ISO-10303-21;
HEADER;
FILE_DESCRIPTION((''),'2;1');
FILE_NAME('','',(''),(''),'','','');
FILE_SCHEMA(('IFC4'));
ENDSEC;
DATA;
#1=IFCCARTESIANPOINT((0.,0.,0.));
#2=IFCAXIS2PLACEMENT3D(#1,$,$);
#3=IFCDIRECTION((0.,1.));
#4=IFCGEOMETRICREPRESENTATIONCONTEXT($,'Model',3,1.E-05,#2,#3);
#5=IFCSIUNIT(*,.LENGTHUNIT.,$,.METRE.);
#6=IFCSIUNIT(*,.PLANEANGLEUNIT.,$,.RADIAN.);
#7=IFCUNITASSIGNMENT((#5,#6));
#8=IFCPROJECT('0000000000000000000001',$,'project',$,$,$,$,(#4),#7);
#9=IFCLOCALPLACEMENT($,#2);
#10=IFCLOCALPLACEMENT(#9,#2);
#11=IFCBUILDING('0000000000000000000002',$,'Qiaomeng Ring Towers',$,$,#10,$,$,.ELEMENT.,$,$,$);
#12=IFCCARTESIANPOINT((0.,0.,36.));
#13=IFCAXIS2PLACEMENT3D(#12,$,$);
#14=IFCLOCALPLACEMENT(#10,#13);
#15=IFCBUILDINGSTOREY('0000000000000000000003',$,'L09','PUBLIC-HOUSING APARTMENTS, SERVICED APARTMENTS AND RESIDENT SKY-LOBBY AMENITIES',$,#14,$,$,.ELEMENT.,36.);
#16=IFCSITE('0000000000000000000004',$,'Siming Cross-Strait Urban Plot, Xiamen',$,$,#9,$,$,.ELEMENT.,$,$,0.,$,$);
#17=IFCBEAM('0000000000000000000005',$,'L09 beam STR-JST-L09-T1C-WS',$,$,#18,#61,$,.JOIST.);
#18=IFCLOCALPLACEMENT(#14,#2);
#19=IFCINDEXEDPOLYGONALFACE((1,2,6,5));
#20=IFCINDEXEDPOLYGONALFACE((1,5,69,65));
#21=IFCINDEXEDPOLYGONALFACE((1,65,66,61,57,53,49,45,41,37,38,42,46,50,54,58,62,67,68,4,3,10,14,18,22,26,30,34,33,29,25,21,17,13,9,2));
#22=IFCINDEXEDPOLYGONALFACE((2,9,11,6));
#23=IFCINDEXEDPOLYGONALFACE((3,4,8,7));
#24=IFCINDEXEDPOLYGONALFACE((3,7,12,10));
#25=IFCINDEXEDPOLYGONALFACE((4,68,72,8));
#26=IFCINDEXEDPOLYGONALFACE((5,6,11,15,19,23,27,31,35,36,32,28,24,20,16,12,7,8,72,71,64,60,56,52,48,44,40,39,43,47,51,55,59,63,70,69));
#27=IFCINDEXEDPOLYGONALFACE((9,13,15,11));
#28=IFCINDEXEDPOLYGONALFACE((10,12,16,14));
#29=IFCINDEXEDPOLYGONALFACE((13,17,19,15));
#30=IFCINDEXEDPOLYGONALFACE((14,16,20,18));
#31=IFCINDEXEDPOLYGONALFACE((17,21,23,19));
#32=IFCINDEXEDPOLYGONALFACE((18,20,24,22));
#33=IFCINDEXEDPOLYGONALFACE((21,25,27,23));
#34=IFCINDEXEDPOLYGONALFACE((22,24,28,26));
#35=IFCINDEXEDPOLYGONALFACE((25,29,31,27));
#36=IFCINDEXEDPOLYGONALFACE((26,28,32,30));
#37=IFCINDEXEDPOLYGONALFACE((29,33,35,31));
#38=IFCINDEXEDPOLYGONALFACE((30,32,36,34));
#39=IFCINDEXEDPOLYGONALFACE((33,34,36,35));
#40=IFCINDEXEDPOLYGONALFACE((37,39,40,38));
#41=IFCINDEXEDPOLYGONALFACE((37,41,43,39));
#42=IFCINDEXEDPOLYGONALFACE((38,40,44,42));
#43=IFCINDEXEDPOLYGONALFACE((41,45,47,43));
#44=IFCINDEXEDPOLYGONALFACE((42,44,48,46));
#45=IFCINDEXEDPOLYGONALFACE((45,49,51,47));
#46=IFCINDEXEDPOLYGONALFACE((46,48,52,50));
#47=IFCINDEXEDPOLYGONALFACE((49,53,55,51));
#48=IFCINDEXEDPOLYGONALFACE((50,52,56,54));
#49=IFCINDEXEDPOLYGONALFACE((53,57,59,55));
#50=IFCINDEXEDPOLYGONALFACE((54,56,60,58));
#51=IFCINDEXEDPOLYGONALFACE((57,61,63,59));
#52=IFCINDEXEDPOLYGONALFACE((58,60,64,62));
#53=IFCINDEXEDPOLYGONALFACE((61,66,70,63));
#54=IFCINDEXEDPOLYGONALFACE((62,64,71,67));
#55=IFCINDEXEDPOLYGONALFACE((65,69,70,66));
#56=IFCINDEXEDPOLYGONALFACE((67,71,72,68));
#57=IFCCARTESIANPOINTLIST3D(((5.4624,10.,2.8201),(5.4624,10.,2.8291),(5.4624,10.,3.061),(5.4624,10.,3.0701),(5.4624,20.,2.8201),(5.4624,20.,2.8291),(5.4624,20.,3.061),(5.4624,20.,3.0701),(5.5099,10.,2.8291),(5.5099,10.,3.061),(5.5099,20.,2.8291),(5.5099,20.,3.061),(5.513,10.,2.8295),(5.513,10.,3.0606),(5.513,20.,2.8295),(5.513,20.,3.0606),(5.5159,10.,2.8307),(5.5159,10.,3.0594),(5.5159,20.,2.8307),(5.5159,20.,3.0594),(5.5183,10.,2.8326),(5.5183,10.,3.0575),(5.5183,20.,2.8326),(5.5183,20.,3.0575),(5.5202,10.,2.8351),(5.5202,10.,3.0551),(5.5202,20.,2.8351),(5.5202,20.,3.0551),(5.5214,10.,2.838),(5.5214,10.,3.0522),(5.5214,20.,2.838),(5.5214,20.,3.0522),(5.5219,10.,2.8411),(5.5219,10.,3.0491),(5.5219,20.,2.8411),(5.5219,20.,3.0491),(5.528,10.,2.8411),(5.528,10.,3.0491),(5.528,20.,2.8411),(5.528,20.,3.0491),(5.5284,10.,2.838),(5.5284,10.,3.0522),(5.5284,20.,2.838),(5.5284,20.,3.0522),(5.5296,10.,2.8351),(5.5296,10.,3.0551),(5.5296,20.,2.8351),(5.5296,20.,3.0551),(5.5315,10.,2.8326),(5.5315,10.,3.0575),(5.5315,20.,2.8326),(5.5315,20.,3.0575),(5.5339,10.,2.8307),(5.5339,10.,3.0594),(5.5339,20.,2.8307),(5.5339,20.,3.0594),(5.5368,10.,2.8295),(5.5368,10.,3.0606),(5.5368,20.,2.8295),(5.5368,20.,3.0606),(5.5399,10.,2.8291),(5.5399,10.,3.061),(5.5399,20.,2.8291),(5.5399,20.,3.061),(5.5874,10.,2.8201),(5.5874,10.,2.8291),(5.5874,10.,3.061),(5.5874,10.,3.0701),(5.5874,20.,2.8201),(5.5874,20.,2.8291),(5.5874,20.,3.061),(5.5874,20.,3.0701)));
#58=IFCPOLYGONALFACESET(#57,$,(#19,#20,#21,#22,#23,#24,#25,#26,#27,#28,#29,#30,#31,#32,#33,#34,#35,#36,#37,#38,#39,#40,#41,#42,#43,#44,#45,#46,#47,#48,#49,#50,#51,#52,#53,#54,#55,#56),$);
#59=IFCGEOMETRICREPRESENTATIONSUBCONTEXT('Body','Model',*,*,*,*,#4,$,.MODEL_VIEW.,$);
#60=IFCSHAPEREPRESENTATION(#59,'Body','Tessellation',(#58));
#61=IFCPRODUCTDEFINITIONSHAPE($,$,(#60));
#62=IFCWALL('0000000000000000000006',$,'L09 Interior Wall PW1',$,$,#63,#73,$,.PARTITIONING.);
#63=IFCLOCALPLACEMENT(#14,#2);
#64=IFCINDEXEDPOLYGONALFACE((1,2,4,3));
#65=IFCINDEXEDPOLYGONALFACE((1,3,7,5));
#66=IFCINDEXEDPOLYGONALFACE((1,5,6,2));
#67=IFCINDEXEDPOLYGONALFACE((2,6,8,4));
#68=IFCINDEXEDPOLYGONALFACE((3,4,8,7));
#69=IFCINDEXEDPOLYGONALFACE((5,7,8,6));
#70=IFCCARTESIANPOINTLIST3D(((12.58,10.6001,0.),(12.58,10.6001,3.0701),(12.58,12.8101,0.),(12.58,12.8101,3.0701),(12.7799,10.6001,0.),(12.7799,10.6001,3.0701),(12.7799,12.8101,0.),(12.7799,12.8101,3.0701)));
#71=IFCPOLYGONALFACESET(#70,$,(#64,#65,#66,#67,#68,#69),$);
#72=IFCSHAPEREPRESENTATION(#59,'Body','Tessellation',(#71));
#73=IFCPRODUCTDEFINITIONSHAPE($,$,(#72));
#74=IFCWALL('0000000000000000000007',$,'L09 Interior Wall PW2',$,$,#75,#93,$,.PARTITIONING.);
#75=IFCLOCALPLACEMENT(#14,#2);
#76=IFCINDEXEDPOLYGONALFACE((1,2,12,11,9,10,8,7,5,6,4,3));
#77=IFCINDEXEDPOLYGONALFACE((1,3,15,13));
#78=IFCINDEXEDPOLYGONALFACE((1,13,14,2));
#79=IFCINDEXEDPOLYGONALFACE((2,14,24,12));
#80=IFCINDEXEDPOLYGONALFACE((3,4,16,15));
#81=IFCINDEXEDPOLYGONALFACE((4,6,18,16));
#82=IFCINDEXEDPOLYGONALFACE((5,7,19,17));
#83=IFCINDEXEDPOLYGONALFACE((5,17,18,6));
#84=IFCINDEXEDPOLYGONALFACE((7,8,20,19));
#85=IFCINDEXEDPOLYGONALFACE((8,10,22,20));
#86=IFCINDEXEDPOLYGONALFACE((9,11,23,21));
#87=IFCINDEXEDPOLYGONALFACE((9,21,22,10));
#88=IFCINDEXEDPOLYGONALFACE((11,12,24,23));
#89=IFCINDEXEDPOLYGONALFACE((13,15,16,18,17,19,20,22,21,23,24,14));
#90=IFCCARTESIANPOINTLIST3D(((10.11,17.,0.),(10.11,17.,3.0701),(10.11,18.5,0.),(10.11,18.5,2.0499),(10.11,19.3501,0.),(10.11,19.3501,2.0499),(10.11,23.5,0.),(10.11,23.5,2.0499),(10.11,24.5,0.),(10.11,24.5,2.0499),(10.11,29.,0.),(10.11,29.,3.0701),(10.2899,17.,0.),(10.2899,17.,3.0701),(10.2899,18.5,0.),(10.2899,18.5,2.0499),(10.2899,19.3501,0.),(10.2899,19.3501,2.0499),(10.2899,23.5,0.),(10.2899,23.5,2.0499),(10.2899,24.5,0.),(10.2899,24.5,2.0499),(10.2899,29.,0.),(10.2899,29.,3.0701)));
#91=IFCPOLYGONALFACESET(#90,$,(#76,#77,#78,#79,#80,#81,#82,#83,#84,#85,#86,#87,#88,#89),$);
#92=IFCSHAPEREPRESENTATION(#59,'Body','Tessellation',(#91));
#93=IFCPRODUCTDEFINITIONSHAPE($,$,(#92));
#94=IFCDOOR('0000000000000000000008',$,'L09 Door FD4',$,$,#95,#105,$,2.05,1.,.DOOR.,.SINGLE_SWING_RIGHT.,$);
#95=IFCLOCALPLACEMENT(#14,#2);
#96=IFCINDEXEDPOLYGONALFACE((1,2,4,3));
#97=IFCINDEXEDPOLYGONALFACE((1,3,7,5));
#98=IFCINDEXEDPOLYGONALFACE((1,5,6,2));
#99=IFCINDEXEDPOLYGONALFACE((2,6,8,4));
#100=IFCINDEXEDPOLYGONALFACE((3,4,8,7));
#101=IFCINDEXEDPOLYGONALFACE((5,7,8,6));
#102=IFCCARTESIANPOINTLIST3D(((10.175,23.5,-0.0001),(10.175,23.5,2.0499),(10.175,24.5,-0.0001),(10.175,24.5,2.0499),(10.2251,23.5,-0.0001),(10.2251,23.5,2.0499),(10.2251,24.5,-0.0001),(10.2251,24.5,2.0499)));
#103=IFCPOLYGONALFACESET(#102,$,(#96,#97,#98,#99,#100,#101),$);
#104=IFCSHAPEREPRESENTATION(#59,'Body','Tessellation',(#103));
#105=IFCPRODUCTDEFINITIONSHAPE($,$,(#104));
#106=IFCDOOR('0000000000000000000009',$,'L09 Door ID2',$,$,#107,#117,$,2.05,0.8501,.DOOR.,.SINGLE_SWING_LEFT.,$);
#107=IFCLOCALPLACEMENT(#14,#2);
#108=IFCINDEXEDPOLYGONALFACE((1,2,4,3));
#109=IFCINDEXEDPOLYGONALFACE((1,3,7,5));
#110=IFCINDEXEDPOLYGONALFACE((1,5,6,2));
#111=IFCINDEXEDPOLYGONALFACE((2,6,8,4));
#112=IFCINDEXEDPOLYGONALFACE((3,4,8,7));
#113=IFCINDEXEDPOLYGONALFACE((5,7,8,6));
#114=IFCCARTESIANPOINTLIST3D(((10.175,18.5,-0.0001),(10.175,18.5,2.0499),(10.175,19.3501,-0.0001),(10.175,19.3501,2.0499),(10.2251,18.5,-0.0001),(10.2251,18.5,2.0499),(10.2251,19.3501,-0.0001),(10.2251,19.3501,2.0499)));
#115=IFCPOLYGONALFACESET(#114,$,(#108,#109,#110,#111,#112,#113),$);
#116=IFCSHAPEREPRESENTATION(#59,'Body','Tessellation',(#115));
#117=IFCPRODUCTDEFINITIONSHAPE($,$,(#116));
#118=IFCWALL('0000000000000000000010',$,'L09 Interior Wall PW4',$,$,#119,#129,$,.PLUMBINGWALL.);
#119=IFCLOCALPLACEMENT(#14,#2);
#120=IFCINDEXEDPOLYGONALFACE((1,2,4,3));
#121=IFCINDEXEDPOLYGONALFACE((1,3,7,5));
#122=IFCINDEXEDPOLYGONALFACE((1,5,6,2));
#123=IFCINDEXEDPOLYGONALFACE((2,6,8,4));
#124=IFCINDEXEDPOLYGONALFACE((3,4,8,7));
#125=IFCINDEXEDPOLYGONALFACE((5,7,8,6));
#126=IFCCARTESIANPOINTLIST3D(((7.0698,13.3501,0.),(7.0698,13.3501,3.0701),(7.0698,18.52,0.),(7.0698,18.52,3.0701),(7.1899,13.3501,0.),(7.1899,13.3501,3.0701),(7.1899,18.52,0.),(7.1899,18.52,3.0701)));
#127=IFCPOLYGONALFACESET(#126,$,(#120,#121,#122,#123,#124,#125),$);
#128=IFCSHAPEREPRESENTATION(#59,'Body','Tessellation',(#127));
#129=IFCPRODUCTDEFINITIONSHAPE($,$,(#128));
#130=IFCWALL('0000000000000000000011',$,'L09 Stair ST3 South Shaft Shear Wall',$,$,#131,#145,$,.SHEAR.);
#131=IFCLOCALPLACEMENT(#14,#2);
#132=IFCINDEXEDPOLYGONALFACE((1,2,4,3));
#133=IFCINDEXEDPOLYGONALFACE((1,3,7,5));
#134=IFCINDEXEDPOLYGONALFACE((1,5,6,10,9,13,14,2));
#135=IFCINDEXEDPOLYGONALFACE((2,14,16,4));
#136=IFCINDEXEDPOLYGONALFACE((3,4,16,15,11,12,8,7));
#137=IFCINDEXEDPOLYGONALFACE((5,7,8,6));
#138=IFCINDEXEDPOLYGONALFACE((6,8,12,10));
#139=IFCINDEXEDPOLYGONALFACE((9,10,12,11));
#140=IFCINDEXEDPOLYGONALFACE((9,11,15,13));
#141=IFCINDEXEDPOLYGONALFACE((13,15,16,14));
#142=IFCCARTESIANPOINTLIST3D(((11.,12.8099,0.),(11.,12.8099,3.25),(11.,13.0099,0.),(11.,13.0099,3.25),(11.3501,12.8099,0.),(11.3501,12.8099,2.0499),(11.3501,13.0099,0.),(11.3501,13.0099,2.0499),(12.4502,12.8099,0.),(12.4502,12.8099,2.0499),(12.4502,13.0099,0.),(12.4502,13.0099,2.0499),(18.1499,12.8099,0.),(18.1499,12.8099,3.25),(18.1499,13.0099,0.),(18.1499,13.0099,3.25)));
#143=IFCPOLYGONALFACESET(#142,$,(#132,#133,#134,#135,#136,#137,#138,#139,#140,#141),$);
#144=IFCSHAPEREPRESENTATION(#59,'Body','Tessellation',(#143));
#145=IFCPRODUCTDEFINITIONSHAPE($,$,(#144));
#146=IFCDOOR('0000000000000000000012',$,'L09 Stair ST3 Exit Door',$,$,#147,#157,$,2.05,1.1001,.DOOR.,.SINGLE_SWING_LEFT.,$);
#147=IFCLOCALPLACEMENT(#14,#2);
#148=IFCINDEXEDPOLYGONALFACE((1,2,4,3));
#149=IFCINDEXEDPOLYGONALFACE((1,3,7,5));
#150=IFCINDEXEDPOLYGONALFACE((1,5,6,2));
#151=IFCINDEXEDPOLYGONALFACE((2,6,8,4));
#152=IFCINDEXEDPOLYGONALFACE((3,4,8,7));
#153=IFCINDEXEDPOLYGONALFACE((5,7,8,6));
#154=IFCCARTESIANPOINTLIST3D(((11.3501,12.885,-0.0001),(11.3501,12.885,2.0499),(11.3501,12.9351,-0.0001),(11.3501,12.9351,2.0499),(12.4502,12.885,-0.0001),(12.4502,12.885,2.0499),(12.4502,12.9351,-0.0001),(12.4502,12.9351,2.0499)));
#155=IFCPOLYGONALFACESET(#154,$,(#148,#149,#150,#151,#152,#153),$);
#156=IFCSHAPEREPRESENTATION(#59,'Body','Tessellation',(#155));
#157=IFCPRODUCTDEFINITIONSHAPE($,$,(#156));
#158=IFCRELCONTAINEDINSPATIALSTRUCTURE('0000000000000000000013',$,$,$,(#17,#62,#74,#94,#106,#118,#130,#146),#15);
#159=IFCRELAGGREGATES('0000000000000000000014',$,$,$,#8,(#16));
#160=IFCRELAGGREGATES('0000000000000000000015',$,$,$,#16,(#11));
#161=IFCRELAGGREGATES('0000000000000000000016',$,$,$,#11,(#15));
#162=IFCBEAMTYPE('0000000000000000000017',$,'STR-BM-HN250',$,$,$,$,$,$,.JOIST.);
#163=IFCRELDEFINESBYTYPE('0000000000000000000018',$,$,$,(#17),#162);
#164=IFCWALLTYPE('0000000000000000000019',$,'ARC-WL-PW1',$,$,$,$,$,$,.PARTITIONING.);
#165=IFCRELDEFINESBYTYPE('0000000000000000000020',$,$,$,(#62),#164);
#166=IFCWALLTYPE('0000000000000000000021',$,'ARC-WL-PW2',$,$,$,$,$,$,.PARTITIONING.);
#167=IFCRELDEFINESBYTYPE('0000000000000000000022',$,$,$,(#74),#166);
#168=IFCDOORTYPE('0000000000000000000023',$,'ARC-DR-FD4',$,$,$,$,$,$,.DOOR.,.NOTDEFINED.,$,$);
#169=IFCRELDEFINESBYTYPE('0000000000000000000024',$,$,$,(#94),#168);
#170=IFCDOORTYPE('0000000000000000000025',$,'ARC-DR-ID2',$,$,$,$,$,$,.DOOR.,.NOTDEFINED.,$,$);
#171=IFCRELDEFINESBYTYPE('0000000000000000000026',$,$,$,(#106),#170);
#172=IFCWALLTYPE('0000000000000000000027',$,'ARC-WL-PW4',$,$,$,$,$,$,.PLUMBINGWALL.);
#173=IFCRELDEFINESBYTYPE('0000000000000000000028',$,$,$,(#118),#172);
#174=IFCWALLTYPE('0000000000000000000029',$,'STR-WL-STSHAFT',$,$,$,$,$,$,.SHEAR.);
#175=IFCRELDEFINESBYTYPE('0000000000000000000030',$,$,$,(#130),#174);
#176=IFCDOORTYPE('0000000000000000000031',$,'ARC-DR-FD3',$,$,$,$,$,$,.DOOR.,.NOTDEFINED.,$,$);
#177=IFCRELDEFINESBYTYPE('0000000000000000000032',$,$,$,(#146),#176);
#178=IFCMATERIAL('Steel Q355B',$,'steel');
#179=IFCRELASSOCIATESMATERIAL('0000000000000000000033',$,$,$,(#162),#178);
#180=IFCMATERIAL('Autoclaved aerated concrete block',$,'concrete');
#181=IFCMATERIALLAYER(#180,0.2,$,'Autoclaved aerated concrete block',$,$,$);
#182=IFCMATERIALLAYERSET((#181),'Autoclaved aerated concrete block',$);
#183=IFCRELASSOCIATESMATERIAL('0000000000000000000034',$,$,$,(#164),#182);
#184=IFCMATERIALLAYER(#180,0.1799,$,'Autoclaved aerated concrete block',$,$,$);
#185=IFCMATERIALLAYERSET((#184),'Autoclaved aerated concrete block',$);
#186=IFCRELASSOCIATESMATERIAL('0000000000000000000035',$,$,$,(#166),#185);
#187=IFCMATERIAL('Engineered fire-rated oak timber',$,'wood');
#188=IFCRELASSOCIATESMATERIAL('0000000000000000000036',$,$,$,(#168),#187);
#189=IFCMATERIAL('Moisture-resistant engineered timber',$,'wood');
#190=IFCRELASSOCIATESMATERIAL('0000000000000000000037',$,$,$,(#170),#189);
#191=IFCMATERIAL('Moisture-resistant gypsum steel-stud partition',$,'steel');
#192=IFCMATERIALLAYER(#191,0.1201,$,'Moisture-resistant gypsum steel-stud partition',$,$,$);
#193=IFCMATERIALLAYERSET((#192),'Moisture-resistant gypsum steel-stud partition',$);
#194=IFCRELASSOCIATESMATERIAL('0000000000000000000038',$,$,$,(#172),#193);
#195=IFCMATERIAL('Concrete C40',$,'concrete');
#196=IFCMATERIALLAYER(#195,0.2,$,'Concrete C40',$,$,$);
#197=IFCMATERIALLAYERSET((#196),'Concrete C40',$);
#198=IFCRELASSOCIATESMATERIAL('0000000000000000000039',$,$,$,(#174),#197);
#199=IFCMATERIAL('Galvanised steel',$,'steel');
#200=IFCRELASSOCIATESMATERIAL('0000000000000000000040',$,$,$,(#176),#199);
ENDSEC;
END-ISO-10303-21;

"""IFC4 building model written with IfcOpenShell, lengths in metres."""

from ifc_helpers import new_model, si_unit, direction, frame, frame_2d, origin, origin_2d, place, context, subcontext, project, spatial, rectangle, i_section, extrude, source, transform, mapped, material, layer, layer_set, material_profile, profile_set, type_object, element, fill, save


model = new_model("IFC4")

# Units and contexts
model_context = context("Model", 3, precision=1e-05, world=origin(), true_north=direction((0.0, 1.0)))
body_context = subcontext(model_context, "Body", "Model", "MODEL_VIEW")
ifc_project = project(units=[si_unit("LENGTHUNIT", "METRE"), si_unit("PLANEANGLEUNIT", "RADIAN")], contexts=[model_context])

# Site, building, storey
site_placement = place(None, origin())
site = spatial("IfcSite", under=ifc_project, at=site_placement, Name="Siming Cross-Strait Urban Plot, Xiamen", CompositionType="ELEMENT", RefElevation=0.0)
building_placement = place(site_placement, origin())
building = spatial("IfcBuilding", under=site, at=building_placement, Name="Qiaomeng Ring Towers", CompositionType="ELEMENT")
storey_placement = place(building_placement, frame((0.0, 0.0, 36.0)))
storey = spatial("IfcBuildingStorey", under=building, at=storey_placement, Name="L09", Description="PUBLIC-HOUSING APARTMENTS, SERVICED APARTMENTS AND RESIDENT SKY-LOBBY AMENITIES", CompositionType="ELEMENT", Elevation=36.0)

# Beam
ifc_material_1 = material(Name="Steel Q355B", Category="steel")
ifc_material_profile = material_profile(ifc_material_1, i_section(OverallWidth=0.125, OverallDepth=0.25, WebThickness=0.0061, FlangeThickness=0.009, FilletRadius=0.012, at=origin_2d()), Name="HN 250x125x6x9")
ifc_profile_set = profile_set([ifc_material_profile], Name="Steel Q355B")
beam_type = type_object("IfcBeamType", Name="STR-BM-HN250", PredefinedType="JOIST", material=ifc_profile_set)
shared_shape_1 = source(origin(), body_context, "Body", "SweptSolid", [
    extrude(i_section(OverallWidth=0.125, OverallDepth=0.25, WebThickness=0.0061, FlangeThickness=0.009, FilletRadius=0.012, at=origin_2d()), origin(), (0.0, 0.0, 1.0), 10.0),
])
beam_placement = place(storey_placement, frame((5.5249, 10.0, 2.9451), z_axis=(0.0, 1.0, 0.0), x_axis=(-1.0, 0.0, 0.0)))
element("IfcBeam", 1, at=beam_placement, inside=storey, type_object=beam_type, Name="L09 beam STR-JST-L09-T1C-WS", PredefinedType="JOIST", context=body_context, shape_type="MappedRepresentation", body=[
    mapped(shared_shape_1, transform((0.0, 0.0, 0.0), x_axis=(1.0, 0.0, 0.0), y_axis=(0.0, 1.0, 0.0), z_axis=(0.0, 0.0, 1.0), scale=1.0)),
])

# Wall
ifc_material_2 = material(Name="Autoclaved aerated concrete block", Category="concrete")
ifc_layer_1 = layer(ifc_material_2, 0.2, Name="Autoclaved aerated concrete block")
ifc_layer_set_1 = layer_set([ifc_layer_1], Name="Autoclaved aerated concrete block")
wall_type_1 = type_object("IfcWallType", Name="ARC-WL-PW1", PredefinedType="PARTITIONING", material=ifc_layer_set_1)
wall_1_placement = place(storey_placement, frame((12.6799, 10.6001, 0.0), z_axis=(0.0, 0.0, 1.0), x_axis=(0.0, 1.0, 0.0)))
element("IfcWall", 2, at=wall_1_placement, inside=storey, type_object=wall_type_1, Name="L09 Interior Wall PW1", PredefinedType="PARTITIONING", context=body_context, shape_type="SweptSolid", body=[
    extrude(rectangle(XDim=2.21, YDim=0.2, at=frame_2d((1.105, 0.0))), origin(), (0.0, 0.0, 1.0), 3.0701),
])

# Wall, openings, doors
ifc_layer_2 = layer(ifc_material_2, 0.1799, Name="Autoclaved aerated concrete block")
ifc_layer_set_2 = layer_set([ifc_layer_2], Name="Autoclaved aerated concrete block")
wall_type_2 = type_object("IfcWallType", Name="ARC-WL-PW2", PredefinedType="PARTITIONING", material=ifc_layer_set_2)
wall_2_placement = place(storey_placement, frame((10.2, 17.0, 0.0), z_axis=(0.0, 0.0, 1.0), x_axis=(0.0, 1.0, 0.0)))
wall_2 = element("IfcWall", 3, at=wall_2_placement, inside=storey, type_object=wall_type_2, Name="L09 Interior Wall PW2", PredefinedType="PARTITIONING", context=body_context, shape_type="SweptSolid", body=[
    extrude(rectangle(XDim=12.0, YDim=0.1799, at=frame_2d((6.0, 0.0))), origin(), (0.0, 0.0, 1.0), 3.0701),
])
opening_1_placement = place(wall_2_placement, frame((1.5, 0.0, 0.0)))
opening_1 = element("IfcOpeningElement", 4, at=opening_1_placement, cuts=wall_2, PredefinedType="OPENING", context=body_context, shape_type="SweptSolid", body=[
    extrude(rectangle(XDim=0.8501, YDim=2.05, at=frame_2d((0.425, 1.0249))), frame((0.0, 0.0999, 0.0), z_axis=(0.0, -1.0, 0.0), x_axis=(1.0, 0.0, 0.0)), (0.0, 0.0, 1.0), 0.2),
])
opening_2_placement = place(wall_2_placement, frame((6.5, 0.0, 0.0)))
opening_2 = element("IfcOpeningElement", 5, at=opening_2_placement, cuts=wall_2, PredefinedType="OPENING", context=body_context, shape_type="SweptSolid", body=[
    extrude(rectangle(XDim=1.0, YDim=2.05, at=frame_2d((0.5, 1.0249))), frame((0.0, 0.0999, 0.0), z_axis=(0.0, -1.0, 0.0), x_axis=(1.0, 0.0, 0.0)), (0.0, 0.0, 1.0), 0.2),
])
ifc_material_3 = material(Name="Engineered fire-rated oak timber", Category="wood")
door_type_1 = type_object("IfcDoorType", Name="ARC-DR-FD4", OperationType="NOTDEFINED", PredefinedType="DOOR", material=ifc_material_3)
shared_shape_2 = source(origin(), body_context, "Body", "SweptSolid", [
    extrude(rectangle(XDim=1.0, YDim=2.05, at=frame_2d((0.5, 1.0249))), frame((0.0, 0.0249, 0.0), z_axis=(0.0, -1.0, 0.0), x_axis=(1.0, 0.0, 0.0)), (0.0, 0.0, 1.0), 0.05),
])
door_1_placement = place(opening_2_placement, origin())
door_1 = element("IfcDoor", 6, at=door_1_placement, inside=storey, type_object=door_type_1, Name="L09 Door FD4", OperationType="SINGLE_SWING_RIGHT", OverallHeight=2.05, OverallWidth=1.0, PredefinedType="DOOR", context=body_context, shape_type="MappedRepresentation", body=[
    mapped(shared_shape_2, transform((0.0, 0.0, 0.0), x_axis=(1.0, 0.0, 0.0), y_axis=(0.0, 1.0, 0.0), z_axis=(0.0, 0.0, 1.0), scale=1.0)),
])
fill(opening_2, door_1)
ifc_material_4 = material(Name="Moisture-resistant engineered timber", Category="wood")
door_type_2 = type_object("IfcDoorType", Name="ARC-DR-ID2", OperationType="NOTDEFINED", PredefinedType="DOOR", material=ifc_material_4)
shared_shape_3 = source(origin(), body_context, "Body", "SweptSolid", [
    extrude(rectangle(XDim=0.8501, YDim=2.05, at=frame_2d((0.425, 1.0249))), frame((0.0, 0.0249, 0.0), z_axis=(0.0, -1.0, 0.0), x_axis=(1.0, 0.0, 0.0)), (0.0, 0.0, 1.0), 0.05),
])
door_2_placement = place(opening_1_placement, origin())
door_2 = element("IfcDoor", 7, at=door_2_placement, inside=storey, type_object=door_type_2, Name="L09 Door ID2", OperationType="SINGLE_SWING_LEFT", OverallHeight=2.05, OverallWidth=0.8501, PredefinedType="DOOR", context=body_context, shape_type="MappedRepresentation", body=[
    mapped(shared_shape_3, transform((0.0, 0.0, 0.0), x_axis=(1.0, 0.0, 0.0), y_axis=(0.0, 1.0, 0.0), z_axis=(0.0, 0.0, 1.0), scale=1.0)),
])
fill(opening_1, door_2)

# Wall
ifc_material_5 = material(Name="Moisture-resistant gypsum steel-stud partition", Category="steel")
ifc_layer_3 = layer(ifc_material_5, 0.1201, Name="Moisture-resistant gypsum steel-stud partition")
ifc_layer_set_3 = layer_set([ifc_layer_3], Name="Moisture-resistant gypsum steel-stud partition")
wall_type_3 = type_object("IfcWallType", Name="ARC-WL-PW4", PredefinedType="PLUMBINGWALL", material=ifc_layer_set_3)
wall_3_placement = place(storey_placement, frame((7.1299, 13.3501, 0.0), z_axis=(0.0, 0.0, 1.0), x_axis=(0.0, 1.0, 0.0)))
element("IfcWall", 8, at=wall_3_placement, inside=storey, type_object=wall_type_3, Name="L09 Interior Wall PW4", PredefinedType="PLUMBINGWALL", context=body_context, shape_type="SweptSolid", body=[
    extrude(rectangle(XDim=5.1699, YDim=0.1201, at=frame_2d((2.585, 0.0))), origin(), (0.0, 0.0, 1.0), 3.0701),
])

# Wall, opening, door
ifc_material_6 = material(Name="Concrete C40", Category="concrete")
ifc_layer_4 = layer(ifc_material_6, 0.2, Name="Concrete C40")
ifc_layer_set_4 = layer_set([ifc_layer_4], Name="Concrete C40")
wall_type_4 = type_object("IfcWallType", Name="STR-WL-STSHAFT", PredefinedType="SHEAR", material=ifc_layer_set_4)
wall_4_placement = place(storey_placement, frame((11.0, 12.9099, 0.0), z_axis=(0.0, 0.0, 1.0), x_axis=(1.0, 0.0, 0.0)))
wall_4 = element("IfcWall", 9, at=wall_4_placement, inside=storey, type_object=wall_type_4, Name="L09 Stair ST3 South Shaft Shear Wall", PredefinedType="SHEAR", context=body_context, shape_type="SweptSolid", body=[
    extrude(rectangle(XDim=7.1499, YDim=0.2, at=frame_2d((3.575, 0.0))), origin(), (0.0, 0.0, 1.0), 3.25),
])
opening_3_placement = place(wall_4_placement, frame((0.3501, 0.0, 0.0)))
opening_3 = element("IfcOpeningElement", 10, at=opening_3_placement, cuts=wall_4, PredefinedType="OPENING", context=body_context, shape_type="SweptSolid", body=[
    extrude(rectangle(XDim=1.1001, YDim=2.05, at=frame_2d((0.55, 1.0249))), frame((0.0, 0.1099, 0.0), z_axis=(0.0, -1.0, 0.0), x_axis=(1.0, 0.0, 0.0)), (0.0, 0.0, 1.0), 0.22),
])
ifc_material_7 = material(Name="Galvanised steel", Category="steel")
door_type_3 = type_object("IfcDoorType", Name="ARC-DR-FD3", OperationType="NOTDEFINED", PredefinedType="DOOR", material=ifc_material_7)
shared_shape_4 = source(origin(), body_context, "Body", "SweptSolid", [
    extrude(rectangle(XDim=1.1001, YDim=2.05, at=frame_2d((0.55, 1.0249))), frame((0.0, 0.0249, 0.0), z_axis=(0.0, -1.0, 0.0), x_axis=(1.0, 0.0, 0.0)), (0.0, 0.0, 1.0), 0.05),
])
door_3_placement = place(opening_3_placement, frame((1.1001, 0.0, 0.0), z_axis=(0.0, 0.0, 1.0), x_axis=(-1.0, 0.0, 0.0)))
door_3 = element("IfcDoor", 11, at=door_3_placement, inside=storey, type_object=door_type_3, Name="L09 Stair ST3 Exit Door", OperationType="SINGLE_SWING_LEFT", OverallHeight=2.05, OverallWidth=1.1001, PredefinedType="DOOR", context=body_context, shape_type="MappedRepresentation", body=[
    mapped(shared_shape_4, transform((0.0, 0.0, 0.0), x_axis=(1.0, 0.0, 0.0), y_axis=(0.0, 1.0, 0.0), z_axis=(0.0, 0.0, 1.0), scale=1.0)),
])
fill(opening_3, door_3)

save(model, "model.ifc")
